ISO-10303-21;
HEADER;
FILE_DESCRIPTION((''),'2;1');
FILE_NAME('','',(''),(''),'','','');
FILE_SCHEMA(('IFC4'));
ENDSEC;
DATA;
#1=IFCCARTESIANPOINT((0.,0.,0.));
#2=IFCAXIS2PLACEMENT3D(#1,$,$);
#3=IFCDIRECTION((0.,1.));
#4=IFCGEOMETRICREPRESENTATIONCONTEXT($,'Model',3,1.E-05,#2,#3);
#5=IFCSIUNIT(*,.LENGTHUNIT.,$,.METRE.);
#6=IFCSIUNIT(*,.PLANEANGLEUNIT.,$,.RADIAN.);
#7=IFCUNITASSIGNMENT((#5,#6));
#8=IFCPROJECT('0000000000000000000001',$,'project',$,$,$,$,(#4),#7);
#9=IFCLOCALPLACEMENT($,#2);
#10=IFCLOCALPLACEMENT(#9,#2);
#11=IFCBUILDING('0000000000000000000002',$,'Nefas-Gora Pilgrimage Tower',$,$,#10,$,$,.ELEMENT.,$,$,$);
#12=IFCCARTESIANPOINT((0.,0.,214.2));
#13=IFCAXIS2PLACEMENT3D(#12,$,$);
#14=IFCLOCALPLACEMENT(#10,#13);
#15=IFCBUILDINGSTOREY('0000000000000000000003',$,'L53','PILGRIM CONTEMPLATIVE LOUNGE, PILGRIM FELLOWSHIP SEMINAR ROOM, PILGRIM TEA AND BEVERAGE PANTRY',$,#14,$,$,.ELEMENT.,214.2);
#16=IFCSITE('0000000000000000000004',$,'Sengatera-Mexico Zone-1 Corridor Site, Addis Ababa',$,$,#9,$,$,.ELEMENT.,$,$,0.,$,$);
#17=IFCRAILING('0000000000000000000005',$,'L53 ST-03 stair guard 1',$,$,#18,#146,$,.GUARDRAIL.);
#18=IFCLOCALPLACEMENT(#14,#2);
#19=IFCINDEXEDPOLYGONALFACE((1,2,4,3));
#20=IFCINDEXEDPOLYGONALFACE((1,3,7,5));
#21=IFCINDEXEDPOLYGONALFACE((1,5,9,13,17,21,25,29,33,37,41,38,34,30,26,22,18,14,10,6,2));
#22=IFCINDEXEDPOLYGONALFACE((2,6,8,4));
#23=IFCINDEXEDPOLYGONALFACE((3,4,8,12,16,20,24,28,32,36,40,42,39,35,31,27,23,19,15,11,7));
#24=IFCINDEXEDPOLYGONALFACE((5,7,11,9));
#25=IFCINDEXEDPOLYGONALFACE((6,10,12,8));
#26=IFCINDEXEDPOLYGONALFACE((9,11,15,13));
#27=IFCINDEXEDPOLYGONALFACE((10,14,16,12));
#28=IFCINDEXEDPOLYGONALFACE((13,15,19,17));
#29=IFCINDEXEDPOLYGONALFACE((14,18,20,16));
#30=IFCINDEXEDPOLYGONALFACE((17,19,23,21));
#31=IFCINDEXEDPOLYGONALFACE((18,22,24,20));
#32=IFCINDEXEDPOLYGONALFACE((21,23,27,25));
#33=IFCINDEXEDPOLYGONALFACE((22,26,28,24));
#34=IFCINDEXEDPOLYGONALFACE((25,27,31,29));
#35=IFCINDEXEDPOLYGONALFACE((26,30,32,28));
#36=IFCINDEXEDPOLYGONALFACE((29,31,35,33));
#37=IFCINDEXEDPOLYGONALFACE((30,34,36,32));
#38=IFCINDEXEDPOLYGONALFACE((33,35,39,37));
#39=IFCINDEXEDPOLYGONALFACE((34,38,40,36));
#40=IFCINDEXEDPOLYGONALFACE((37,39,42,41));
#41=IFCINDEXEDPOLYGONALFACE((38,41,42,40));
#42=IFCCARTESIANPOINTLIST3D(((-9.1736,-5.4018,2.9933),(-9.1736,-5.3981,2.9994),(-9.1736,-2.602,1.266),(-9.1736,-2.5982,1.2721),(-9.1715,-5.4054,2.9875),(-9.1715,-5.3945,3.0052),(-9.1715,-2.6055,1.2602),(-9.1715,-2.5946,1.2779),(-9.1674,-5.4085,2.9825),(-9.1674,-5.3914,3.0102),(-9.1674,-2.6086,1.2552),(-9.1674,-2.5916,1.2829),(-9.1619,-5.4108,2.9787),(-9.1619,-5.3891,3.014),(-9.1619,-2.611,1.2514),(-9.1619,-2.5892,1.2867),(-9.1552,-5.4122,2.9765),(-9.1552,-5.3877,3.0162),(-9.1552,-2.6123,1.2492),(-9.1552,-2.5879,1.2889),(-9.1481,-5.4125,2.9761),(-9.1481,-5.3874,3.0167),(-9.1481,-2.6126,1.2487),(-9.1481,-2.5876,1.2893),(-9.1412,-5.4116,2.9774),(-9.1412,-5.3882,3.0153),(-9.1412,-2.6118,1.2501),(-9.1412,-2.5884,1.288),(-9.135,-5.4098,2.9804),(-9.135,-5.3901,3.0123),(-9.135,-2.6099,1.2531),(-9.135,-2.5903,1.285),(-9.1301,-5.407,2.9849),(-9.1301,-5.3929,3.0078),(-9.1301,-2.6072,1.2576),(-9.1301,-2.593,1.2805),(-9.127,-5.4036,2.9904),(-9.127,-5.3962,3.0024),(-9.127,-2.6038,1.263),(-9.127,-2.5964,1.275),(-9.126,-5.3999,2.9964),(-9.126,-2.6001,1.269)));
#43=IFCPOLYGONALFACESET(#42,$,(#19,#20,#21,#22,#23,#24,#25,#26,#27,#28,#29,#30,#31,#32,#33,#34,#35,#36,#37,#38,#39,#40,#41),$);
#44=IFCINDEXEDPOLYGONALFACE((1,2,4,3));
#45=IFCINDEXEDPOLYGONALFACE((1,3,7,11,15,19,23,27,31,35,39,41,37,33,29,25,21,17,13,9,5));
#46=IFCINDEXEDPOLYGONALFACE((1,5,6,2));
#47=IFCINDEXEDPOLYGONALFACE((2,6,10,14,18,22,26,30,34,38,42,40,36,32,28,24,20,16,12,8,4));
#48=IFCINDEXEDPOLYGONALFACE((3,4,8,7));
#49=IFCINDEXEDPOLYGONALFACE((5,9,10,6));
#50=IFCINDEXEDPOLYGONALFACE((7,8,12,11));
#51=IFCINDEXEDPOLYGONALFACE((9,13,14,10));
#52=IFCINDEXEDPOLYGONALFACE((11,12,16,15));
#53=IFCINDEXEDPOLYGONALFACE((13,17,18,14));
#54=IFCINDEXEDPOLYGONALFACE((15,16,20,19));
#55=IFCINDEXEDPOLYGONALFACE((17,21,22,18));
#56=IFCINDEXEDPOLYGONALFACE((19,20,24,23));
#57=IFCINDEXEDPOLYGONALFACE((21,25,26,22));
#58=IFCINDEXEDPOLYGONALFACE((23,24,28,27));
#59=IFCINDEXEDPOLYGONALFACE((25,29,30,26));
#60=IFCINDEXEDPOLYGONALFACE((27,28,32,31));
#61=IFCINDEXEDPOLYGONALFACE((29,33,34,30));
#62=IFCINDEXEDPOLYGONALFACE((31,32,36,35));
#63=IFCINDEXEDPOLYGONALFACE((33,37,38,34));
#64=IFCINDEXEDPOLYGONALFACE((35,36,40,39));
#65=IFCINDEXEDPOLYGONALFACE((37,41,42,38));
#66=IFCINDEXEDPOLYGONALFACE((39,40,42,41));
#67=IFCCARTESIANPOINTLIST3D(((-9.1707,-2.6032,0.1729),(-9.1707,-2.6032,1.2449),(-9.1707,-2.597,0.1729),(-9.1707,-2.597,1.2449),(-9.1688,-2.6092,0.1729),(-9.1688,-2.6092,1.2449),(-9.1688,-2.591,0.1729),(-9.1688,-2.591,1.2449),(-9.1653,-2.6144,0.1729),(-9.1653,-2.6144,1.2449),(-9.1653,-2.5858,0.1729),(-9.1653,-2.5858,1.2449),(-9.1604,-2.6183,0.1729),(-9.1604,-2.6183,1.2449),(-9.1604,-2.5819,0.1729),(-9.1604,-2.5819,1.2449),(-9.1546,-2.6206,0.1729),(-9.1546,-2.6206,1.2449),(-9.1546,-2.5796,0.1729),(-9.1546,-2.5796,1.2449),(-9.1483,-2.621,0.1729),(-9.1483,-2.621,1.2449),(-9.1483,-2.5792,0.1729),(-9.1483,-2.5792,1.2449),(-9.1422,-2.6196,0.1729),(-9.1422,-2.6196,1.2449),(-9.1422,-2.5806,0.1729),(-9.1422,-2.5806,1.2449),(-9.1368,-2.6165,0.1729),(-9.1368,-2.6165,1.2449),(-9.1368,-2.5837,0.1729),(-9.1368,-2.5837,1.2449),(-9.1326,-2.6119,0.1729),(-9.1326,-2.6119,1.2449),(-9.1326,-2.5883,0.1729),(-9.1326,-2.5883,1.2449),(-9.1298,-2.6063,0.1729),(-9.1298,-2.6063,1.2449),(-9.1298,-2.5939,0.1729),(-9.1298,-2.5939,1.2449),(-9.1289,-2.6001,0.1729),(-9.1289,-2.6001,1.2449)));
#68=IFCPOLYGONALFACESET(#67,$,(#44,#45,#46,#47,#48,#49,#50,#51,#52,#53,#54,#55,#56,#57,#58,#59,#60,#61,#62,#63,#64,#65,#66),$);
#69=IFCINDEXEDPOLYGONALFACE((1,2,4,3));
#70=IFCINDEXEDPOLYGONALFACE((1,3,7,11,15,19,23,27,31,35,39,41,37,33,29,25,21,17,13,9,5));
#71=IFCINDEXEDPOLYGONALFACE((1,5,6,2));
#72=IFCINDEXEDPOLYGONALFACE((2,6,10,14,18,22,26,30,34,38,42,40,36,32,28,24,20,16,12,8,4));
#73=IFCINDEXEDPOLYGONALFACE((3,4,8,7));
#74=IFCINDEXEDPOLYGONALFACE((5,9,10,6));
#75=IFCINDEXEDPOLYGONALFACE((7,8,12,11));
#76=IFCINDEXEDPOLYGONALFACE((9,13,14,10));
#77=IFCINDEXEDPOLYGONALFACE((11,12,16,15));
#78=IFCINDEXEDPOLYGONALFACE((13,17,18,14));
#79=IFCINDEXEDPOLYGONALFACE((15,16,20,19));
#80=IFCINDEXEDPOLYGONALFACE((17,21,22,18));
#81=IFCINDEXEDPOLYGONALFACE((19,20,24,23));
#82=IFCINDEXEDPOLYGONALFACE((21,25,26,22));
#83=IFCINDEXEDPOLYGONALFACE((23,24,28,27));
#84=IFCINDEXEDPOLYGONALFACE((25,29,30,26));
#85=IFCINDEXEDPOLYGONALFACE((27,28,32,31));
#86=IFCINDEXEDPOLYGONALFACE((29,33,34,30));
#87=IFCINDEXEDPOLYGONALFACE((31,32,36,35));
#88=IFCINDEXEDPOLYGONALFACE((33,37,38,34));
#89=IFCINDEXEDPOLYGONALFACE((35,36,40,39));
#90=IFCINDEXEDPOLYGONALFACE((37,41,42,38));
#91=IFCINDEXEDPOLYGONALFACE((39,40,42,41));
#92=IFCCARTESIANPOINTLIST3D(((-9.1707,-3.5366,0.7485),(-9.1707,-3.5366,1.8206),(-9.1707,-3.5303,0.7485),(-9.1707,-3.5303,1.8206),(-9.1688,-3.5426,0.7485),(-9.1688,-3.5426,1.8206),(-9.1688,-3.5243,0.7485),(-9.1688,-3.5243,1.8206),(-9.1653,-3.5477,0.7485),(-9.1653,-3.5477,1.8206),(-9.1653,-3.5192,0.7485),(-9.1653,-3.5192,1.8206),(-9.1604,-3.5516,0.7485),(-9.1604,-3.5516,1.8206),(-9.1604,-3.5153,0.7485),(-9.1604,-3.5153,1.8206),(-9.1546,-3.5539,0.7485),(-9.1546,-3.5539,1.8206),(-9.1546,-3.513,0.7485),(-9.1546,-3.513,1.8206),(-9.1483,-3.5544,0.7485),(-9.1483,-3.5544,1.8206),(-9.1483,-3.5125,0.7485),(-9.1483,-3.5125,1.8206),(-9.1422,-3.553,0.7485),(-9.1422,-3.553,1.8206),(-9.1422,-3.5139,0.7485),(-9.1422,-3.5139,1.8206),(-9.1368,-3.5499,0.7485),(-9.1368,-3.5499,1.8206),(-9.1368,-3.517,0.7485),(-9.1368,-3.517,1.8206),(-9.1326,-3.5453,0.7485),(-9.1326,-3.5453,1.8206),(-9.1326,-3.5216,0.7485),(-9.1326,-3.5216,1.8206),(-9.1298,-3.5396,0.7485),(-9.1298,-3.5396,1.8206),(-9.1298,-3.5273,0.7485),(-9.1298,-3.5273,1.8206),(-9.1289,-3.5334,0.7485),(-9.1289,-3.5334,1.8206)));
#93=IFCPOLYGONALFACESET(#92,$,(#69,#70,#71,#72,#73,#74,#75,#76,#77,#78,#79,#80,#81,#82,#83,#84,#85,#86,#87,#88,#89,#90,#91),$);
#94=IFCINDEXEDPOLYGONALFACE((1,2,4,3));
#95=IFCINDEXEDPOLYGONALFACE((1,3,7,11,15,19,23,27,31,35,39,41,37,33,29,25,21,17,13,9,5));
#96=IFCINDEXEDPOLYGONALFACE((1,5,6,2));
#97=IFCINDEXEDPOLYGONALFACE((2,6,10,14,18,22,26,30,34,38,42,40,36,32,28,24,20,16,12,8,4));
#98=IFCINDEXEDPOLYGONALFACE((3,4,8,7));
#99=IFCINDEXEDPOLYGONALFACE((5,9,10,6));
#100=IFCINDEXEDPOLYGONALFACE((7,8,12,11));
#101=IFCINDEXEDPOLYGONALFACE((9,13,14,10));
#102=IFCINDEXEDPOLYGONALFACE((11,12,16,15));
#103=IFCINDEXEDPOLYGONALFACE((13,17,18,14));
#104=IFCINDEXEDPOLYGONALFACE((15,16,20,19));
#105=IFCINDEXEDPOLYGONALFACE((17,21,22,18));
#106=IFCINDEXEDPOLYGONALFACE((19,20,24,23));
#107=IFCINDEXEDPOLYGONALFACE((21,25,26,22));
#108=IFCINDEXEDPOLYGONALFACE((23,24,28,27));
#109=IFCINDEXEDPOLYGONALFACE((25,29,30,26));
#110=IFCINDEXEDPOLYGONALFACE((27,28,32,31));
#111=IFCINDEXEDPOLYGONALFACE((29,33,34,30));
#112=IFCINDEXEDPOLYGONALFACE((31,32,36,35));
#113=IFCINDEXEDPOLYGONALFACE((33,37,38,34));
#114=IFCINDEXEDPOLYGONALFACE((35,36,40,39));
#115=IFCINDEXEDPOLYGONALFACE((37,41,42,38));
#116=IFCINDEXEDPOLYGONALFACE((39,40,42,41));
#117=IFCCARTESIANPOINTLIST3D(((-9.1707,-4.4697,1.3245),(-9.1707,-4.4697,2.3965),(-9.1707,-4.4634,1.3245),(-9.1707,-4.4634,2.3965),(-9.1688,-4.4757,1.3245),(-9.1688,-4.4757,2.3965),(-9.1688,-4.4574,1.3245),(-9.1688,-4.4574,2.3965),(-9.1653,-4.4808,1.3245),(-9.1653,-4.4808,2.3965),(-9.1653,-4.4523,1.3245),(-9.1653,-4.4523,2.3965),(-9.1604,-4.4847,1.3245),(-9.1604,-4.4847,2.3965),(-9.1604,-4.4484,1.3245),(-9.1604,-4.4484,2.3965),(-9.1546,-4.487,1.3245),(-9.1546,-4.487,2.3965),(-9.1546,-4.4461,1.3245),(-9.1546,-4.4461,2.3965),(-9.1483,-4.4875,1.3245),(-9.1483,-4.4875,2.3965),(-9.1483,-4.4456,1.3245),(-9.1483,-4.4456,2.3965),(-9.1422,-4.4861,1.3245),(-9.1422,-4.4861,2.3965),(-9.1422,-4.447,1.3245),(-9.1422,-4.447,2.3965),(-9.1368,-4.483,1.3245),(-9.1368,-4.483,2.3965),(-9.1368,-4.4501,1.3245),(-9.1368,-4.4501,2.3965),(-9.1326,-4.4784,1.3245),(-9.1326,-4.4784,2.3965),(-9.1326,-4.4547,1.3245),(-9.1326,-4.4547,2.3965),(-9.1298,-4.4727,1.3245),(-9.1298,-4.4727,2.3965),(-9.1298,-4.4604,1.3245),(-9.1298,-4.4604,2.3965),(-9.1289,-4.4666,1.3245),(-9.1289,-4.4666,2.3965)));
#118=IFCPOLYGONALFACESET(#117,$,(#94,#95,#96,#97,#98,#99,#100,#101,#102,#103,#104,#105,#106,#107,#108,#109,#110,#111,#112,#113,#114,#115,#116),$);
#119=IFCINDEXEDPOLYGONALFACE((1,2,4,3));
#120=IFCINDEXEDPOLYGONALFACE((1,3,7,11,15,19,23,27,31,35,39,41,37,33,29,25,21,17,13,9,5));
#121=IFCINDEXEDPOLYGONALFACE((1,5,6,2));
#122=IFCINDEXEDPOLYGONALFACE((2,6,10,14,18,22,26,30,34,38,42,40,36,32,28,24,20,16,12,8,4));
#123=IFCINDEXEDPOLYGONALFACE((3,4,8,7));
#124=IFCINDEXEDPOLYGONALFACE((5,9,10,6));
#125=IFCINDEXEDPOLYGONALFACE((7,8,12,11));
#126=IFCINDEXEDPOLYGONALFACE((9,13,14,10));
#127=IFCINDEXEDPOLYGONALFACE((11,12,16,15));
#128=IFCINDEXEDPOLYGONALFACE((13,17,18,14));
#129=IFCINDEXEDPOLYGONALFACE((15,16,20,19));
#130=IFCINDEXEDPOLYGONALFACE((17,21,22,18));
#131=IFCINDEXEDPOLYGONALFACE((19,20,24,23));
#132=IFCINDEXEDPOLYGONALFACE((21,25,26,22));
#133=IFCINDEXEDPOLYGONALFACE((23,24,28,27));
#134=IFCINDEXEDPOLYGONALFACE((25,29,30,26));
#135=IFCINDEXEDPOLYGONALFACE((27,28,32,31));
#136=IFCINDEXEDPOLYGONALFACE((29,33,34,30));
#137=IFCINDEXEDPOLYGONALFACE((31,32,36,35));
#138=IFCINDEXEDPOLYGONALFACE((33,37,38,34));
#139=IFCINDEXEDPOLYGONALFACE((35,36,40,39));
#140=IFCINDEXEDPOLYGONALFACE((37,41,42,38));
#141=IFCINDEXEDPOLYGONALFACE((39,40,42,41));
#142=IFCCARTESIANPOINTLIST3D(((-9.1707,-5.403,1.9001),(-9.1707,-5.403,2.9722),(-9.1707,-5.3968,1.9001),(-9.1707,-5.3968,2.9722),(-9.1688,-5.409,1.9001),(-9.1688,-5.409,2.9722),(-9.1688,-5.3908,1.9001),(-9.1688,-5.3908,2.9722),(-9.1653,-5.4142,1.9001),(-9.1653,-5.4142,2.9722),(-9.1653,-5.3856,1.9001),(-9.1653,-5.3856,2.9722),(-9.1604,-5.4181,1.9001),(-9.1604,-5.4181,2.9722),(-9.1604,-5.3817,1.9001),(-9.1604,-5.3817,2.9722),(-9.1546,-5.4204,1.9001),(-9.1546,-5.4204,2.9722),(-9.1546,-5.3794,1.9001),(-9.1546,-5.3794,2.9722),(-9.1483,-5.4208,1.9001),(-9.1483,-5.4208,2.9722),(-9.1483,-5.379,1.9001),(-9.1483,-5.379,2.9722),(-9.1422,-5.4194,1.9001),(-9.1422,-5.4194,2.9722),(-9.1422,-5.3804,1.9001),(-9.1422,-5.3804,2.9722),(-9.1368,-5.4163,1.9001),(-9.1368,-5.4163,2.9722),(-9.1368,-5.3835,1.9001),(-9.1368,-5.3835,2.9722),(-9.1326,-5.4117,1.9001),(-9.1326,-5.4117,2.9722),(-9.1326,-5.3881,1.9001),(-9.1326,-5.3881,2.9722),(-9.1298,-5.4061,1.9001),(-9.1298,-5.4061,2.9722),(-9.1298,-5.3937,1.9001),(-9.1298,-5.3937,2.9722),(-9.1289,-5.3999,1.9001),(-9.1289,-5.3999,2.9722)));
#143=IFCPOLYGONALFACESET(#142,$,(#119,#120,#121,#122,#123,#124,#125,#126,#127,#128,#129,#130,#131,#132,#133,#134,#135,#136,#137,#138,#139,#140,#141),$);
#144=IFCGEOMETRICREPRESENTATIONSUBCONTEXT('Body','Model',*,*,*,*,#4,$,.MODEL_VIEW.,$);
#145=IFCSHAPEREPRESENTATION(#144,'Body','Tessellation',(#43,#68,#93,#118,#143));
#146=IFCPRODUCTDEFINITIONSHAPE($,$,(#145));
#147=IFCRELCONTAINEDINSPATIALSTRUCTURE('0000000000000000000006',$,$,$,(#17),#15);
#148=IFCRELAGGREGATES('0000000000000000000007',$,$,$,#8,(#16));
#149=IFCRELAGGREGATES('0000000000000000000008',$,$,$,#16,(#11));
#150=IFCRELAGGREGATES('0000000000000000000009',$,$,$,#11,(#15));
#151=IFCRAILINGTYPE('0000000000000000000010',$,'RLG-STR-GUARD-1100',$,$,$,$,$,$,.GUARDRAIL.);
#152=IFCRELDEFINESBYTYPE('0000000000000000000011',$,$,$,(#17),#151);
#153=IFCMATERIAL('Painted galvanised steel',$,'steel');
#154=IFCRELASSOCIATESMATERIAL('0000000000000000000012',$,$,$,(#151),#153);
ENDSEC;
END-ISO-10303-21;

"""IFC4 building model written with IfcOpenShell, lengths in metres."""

from ifc_helpers import new_model, si_unit, direction, frame, origin, origin_2d, place, context, subcontext, project, spatial, circle, extrude, material, type_object, element, save


model = new_model("IFC4")

# Units and contexts
model_context = context("Model", 3, precision=1e-05, world=origin(), true_north=direction((0.0, 1.0)))
body_context = subcontext(model_context, "Body", "Model", "MODEL_VIEW")
ifc_project = project(units=[si_unit("LENGTHUNIT", "METRE"), si_unit("PLANEANGLEUNIT", "RADIAN")], contexts=[model_context])

# Site, building, storey
site_placement = place(None, origin())
site = spatial("IfcSite", under=ifc_project, at=site_placement, Name="Sengatera-Mexico Zone-1 Corridor Site, Addis Ababa", CompositionType="ELEMENT", RefElevation=0.0)
building_placement = place(site_placement, origin())
building = spatial("IfcBuilding", under=site, at=building_placement, Name="Nefas-Gora Pilgrimage Tower", CompositionType="ELEMENT")
storey_placement = place(building_placement, frame((0.0, 0.0, 214.2)))
storey = spatial("IfcBuildingStorey", under=building, at=storey_placement, Name="L53", Description="PILGRIM CONTEMPLATIVE LOUNGE, PILGRIM FELLOWSHIP SEMINAR ROOM, PILGRIM TEA AND BEVERAGE PANTRY", CompositionType="ELEMENT", Elevation=214.2)

# Railing
ifc_material_1 = material(Name="Painted galvanised steel", Category="steel")
railing_type_1 = type_object("IfcRailingType", Name="RLG-STR-GUARD-1100", PredefinedType="GUARDRAIL", material=ifc_material_1)
railing_1_placement = place(storey_placement, frame((-9.1499, -2.6001, 0.1729)))
element("IfcRailing", 1, at=railing_1_placement, inside=storey, type_object=railing_type_1, Name="L53 ST-03 stair guard 1", PredefinedType="GUARDRAIL", context=body_context, shape_type="SweptSolid", body=[
    extrude(circle(Radius=0.0239, at=origin_2d()), frame((0.0, 0.0, 1.0962), z_axis=(0.0, -0.851069, 0.525054), x_axis=(1.0, 0.0, 0.0)), (0.0, 0.0, 1.0), 3.2898),
    extrude(circle(Radius=0.021, at=origin_2d()), origin(), (0.0, 0.0, 1.0), 1.072),
    extrude(circle(Radius=0.021, at=origin_2d()), frame((0.0, -0.9333, 0.5757)), (0.0, 0.0, 1.0), 1.072),
    extrude(circle(Radius=0.021, at=origin_2d()), frame((0.0, -1.8665, 1.1516)), (0.0, 0.0, 1.0), 1.072),
    extrude(circle(Radius=0.021, at=origin_2d()), frame((0.0, -2.7998, 1.7273)), (0.0, 0.0, 1.0), 1.072),
])

save(model, "model.ifc")
